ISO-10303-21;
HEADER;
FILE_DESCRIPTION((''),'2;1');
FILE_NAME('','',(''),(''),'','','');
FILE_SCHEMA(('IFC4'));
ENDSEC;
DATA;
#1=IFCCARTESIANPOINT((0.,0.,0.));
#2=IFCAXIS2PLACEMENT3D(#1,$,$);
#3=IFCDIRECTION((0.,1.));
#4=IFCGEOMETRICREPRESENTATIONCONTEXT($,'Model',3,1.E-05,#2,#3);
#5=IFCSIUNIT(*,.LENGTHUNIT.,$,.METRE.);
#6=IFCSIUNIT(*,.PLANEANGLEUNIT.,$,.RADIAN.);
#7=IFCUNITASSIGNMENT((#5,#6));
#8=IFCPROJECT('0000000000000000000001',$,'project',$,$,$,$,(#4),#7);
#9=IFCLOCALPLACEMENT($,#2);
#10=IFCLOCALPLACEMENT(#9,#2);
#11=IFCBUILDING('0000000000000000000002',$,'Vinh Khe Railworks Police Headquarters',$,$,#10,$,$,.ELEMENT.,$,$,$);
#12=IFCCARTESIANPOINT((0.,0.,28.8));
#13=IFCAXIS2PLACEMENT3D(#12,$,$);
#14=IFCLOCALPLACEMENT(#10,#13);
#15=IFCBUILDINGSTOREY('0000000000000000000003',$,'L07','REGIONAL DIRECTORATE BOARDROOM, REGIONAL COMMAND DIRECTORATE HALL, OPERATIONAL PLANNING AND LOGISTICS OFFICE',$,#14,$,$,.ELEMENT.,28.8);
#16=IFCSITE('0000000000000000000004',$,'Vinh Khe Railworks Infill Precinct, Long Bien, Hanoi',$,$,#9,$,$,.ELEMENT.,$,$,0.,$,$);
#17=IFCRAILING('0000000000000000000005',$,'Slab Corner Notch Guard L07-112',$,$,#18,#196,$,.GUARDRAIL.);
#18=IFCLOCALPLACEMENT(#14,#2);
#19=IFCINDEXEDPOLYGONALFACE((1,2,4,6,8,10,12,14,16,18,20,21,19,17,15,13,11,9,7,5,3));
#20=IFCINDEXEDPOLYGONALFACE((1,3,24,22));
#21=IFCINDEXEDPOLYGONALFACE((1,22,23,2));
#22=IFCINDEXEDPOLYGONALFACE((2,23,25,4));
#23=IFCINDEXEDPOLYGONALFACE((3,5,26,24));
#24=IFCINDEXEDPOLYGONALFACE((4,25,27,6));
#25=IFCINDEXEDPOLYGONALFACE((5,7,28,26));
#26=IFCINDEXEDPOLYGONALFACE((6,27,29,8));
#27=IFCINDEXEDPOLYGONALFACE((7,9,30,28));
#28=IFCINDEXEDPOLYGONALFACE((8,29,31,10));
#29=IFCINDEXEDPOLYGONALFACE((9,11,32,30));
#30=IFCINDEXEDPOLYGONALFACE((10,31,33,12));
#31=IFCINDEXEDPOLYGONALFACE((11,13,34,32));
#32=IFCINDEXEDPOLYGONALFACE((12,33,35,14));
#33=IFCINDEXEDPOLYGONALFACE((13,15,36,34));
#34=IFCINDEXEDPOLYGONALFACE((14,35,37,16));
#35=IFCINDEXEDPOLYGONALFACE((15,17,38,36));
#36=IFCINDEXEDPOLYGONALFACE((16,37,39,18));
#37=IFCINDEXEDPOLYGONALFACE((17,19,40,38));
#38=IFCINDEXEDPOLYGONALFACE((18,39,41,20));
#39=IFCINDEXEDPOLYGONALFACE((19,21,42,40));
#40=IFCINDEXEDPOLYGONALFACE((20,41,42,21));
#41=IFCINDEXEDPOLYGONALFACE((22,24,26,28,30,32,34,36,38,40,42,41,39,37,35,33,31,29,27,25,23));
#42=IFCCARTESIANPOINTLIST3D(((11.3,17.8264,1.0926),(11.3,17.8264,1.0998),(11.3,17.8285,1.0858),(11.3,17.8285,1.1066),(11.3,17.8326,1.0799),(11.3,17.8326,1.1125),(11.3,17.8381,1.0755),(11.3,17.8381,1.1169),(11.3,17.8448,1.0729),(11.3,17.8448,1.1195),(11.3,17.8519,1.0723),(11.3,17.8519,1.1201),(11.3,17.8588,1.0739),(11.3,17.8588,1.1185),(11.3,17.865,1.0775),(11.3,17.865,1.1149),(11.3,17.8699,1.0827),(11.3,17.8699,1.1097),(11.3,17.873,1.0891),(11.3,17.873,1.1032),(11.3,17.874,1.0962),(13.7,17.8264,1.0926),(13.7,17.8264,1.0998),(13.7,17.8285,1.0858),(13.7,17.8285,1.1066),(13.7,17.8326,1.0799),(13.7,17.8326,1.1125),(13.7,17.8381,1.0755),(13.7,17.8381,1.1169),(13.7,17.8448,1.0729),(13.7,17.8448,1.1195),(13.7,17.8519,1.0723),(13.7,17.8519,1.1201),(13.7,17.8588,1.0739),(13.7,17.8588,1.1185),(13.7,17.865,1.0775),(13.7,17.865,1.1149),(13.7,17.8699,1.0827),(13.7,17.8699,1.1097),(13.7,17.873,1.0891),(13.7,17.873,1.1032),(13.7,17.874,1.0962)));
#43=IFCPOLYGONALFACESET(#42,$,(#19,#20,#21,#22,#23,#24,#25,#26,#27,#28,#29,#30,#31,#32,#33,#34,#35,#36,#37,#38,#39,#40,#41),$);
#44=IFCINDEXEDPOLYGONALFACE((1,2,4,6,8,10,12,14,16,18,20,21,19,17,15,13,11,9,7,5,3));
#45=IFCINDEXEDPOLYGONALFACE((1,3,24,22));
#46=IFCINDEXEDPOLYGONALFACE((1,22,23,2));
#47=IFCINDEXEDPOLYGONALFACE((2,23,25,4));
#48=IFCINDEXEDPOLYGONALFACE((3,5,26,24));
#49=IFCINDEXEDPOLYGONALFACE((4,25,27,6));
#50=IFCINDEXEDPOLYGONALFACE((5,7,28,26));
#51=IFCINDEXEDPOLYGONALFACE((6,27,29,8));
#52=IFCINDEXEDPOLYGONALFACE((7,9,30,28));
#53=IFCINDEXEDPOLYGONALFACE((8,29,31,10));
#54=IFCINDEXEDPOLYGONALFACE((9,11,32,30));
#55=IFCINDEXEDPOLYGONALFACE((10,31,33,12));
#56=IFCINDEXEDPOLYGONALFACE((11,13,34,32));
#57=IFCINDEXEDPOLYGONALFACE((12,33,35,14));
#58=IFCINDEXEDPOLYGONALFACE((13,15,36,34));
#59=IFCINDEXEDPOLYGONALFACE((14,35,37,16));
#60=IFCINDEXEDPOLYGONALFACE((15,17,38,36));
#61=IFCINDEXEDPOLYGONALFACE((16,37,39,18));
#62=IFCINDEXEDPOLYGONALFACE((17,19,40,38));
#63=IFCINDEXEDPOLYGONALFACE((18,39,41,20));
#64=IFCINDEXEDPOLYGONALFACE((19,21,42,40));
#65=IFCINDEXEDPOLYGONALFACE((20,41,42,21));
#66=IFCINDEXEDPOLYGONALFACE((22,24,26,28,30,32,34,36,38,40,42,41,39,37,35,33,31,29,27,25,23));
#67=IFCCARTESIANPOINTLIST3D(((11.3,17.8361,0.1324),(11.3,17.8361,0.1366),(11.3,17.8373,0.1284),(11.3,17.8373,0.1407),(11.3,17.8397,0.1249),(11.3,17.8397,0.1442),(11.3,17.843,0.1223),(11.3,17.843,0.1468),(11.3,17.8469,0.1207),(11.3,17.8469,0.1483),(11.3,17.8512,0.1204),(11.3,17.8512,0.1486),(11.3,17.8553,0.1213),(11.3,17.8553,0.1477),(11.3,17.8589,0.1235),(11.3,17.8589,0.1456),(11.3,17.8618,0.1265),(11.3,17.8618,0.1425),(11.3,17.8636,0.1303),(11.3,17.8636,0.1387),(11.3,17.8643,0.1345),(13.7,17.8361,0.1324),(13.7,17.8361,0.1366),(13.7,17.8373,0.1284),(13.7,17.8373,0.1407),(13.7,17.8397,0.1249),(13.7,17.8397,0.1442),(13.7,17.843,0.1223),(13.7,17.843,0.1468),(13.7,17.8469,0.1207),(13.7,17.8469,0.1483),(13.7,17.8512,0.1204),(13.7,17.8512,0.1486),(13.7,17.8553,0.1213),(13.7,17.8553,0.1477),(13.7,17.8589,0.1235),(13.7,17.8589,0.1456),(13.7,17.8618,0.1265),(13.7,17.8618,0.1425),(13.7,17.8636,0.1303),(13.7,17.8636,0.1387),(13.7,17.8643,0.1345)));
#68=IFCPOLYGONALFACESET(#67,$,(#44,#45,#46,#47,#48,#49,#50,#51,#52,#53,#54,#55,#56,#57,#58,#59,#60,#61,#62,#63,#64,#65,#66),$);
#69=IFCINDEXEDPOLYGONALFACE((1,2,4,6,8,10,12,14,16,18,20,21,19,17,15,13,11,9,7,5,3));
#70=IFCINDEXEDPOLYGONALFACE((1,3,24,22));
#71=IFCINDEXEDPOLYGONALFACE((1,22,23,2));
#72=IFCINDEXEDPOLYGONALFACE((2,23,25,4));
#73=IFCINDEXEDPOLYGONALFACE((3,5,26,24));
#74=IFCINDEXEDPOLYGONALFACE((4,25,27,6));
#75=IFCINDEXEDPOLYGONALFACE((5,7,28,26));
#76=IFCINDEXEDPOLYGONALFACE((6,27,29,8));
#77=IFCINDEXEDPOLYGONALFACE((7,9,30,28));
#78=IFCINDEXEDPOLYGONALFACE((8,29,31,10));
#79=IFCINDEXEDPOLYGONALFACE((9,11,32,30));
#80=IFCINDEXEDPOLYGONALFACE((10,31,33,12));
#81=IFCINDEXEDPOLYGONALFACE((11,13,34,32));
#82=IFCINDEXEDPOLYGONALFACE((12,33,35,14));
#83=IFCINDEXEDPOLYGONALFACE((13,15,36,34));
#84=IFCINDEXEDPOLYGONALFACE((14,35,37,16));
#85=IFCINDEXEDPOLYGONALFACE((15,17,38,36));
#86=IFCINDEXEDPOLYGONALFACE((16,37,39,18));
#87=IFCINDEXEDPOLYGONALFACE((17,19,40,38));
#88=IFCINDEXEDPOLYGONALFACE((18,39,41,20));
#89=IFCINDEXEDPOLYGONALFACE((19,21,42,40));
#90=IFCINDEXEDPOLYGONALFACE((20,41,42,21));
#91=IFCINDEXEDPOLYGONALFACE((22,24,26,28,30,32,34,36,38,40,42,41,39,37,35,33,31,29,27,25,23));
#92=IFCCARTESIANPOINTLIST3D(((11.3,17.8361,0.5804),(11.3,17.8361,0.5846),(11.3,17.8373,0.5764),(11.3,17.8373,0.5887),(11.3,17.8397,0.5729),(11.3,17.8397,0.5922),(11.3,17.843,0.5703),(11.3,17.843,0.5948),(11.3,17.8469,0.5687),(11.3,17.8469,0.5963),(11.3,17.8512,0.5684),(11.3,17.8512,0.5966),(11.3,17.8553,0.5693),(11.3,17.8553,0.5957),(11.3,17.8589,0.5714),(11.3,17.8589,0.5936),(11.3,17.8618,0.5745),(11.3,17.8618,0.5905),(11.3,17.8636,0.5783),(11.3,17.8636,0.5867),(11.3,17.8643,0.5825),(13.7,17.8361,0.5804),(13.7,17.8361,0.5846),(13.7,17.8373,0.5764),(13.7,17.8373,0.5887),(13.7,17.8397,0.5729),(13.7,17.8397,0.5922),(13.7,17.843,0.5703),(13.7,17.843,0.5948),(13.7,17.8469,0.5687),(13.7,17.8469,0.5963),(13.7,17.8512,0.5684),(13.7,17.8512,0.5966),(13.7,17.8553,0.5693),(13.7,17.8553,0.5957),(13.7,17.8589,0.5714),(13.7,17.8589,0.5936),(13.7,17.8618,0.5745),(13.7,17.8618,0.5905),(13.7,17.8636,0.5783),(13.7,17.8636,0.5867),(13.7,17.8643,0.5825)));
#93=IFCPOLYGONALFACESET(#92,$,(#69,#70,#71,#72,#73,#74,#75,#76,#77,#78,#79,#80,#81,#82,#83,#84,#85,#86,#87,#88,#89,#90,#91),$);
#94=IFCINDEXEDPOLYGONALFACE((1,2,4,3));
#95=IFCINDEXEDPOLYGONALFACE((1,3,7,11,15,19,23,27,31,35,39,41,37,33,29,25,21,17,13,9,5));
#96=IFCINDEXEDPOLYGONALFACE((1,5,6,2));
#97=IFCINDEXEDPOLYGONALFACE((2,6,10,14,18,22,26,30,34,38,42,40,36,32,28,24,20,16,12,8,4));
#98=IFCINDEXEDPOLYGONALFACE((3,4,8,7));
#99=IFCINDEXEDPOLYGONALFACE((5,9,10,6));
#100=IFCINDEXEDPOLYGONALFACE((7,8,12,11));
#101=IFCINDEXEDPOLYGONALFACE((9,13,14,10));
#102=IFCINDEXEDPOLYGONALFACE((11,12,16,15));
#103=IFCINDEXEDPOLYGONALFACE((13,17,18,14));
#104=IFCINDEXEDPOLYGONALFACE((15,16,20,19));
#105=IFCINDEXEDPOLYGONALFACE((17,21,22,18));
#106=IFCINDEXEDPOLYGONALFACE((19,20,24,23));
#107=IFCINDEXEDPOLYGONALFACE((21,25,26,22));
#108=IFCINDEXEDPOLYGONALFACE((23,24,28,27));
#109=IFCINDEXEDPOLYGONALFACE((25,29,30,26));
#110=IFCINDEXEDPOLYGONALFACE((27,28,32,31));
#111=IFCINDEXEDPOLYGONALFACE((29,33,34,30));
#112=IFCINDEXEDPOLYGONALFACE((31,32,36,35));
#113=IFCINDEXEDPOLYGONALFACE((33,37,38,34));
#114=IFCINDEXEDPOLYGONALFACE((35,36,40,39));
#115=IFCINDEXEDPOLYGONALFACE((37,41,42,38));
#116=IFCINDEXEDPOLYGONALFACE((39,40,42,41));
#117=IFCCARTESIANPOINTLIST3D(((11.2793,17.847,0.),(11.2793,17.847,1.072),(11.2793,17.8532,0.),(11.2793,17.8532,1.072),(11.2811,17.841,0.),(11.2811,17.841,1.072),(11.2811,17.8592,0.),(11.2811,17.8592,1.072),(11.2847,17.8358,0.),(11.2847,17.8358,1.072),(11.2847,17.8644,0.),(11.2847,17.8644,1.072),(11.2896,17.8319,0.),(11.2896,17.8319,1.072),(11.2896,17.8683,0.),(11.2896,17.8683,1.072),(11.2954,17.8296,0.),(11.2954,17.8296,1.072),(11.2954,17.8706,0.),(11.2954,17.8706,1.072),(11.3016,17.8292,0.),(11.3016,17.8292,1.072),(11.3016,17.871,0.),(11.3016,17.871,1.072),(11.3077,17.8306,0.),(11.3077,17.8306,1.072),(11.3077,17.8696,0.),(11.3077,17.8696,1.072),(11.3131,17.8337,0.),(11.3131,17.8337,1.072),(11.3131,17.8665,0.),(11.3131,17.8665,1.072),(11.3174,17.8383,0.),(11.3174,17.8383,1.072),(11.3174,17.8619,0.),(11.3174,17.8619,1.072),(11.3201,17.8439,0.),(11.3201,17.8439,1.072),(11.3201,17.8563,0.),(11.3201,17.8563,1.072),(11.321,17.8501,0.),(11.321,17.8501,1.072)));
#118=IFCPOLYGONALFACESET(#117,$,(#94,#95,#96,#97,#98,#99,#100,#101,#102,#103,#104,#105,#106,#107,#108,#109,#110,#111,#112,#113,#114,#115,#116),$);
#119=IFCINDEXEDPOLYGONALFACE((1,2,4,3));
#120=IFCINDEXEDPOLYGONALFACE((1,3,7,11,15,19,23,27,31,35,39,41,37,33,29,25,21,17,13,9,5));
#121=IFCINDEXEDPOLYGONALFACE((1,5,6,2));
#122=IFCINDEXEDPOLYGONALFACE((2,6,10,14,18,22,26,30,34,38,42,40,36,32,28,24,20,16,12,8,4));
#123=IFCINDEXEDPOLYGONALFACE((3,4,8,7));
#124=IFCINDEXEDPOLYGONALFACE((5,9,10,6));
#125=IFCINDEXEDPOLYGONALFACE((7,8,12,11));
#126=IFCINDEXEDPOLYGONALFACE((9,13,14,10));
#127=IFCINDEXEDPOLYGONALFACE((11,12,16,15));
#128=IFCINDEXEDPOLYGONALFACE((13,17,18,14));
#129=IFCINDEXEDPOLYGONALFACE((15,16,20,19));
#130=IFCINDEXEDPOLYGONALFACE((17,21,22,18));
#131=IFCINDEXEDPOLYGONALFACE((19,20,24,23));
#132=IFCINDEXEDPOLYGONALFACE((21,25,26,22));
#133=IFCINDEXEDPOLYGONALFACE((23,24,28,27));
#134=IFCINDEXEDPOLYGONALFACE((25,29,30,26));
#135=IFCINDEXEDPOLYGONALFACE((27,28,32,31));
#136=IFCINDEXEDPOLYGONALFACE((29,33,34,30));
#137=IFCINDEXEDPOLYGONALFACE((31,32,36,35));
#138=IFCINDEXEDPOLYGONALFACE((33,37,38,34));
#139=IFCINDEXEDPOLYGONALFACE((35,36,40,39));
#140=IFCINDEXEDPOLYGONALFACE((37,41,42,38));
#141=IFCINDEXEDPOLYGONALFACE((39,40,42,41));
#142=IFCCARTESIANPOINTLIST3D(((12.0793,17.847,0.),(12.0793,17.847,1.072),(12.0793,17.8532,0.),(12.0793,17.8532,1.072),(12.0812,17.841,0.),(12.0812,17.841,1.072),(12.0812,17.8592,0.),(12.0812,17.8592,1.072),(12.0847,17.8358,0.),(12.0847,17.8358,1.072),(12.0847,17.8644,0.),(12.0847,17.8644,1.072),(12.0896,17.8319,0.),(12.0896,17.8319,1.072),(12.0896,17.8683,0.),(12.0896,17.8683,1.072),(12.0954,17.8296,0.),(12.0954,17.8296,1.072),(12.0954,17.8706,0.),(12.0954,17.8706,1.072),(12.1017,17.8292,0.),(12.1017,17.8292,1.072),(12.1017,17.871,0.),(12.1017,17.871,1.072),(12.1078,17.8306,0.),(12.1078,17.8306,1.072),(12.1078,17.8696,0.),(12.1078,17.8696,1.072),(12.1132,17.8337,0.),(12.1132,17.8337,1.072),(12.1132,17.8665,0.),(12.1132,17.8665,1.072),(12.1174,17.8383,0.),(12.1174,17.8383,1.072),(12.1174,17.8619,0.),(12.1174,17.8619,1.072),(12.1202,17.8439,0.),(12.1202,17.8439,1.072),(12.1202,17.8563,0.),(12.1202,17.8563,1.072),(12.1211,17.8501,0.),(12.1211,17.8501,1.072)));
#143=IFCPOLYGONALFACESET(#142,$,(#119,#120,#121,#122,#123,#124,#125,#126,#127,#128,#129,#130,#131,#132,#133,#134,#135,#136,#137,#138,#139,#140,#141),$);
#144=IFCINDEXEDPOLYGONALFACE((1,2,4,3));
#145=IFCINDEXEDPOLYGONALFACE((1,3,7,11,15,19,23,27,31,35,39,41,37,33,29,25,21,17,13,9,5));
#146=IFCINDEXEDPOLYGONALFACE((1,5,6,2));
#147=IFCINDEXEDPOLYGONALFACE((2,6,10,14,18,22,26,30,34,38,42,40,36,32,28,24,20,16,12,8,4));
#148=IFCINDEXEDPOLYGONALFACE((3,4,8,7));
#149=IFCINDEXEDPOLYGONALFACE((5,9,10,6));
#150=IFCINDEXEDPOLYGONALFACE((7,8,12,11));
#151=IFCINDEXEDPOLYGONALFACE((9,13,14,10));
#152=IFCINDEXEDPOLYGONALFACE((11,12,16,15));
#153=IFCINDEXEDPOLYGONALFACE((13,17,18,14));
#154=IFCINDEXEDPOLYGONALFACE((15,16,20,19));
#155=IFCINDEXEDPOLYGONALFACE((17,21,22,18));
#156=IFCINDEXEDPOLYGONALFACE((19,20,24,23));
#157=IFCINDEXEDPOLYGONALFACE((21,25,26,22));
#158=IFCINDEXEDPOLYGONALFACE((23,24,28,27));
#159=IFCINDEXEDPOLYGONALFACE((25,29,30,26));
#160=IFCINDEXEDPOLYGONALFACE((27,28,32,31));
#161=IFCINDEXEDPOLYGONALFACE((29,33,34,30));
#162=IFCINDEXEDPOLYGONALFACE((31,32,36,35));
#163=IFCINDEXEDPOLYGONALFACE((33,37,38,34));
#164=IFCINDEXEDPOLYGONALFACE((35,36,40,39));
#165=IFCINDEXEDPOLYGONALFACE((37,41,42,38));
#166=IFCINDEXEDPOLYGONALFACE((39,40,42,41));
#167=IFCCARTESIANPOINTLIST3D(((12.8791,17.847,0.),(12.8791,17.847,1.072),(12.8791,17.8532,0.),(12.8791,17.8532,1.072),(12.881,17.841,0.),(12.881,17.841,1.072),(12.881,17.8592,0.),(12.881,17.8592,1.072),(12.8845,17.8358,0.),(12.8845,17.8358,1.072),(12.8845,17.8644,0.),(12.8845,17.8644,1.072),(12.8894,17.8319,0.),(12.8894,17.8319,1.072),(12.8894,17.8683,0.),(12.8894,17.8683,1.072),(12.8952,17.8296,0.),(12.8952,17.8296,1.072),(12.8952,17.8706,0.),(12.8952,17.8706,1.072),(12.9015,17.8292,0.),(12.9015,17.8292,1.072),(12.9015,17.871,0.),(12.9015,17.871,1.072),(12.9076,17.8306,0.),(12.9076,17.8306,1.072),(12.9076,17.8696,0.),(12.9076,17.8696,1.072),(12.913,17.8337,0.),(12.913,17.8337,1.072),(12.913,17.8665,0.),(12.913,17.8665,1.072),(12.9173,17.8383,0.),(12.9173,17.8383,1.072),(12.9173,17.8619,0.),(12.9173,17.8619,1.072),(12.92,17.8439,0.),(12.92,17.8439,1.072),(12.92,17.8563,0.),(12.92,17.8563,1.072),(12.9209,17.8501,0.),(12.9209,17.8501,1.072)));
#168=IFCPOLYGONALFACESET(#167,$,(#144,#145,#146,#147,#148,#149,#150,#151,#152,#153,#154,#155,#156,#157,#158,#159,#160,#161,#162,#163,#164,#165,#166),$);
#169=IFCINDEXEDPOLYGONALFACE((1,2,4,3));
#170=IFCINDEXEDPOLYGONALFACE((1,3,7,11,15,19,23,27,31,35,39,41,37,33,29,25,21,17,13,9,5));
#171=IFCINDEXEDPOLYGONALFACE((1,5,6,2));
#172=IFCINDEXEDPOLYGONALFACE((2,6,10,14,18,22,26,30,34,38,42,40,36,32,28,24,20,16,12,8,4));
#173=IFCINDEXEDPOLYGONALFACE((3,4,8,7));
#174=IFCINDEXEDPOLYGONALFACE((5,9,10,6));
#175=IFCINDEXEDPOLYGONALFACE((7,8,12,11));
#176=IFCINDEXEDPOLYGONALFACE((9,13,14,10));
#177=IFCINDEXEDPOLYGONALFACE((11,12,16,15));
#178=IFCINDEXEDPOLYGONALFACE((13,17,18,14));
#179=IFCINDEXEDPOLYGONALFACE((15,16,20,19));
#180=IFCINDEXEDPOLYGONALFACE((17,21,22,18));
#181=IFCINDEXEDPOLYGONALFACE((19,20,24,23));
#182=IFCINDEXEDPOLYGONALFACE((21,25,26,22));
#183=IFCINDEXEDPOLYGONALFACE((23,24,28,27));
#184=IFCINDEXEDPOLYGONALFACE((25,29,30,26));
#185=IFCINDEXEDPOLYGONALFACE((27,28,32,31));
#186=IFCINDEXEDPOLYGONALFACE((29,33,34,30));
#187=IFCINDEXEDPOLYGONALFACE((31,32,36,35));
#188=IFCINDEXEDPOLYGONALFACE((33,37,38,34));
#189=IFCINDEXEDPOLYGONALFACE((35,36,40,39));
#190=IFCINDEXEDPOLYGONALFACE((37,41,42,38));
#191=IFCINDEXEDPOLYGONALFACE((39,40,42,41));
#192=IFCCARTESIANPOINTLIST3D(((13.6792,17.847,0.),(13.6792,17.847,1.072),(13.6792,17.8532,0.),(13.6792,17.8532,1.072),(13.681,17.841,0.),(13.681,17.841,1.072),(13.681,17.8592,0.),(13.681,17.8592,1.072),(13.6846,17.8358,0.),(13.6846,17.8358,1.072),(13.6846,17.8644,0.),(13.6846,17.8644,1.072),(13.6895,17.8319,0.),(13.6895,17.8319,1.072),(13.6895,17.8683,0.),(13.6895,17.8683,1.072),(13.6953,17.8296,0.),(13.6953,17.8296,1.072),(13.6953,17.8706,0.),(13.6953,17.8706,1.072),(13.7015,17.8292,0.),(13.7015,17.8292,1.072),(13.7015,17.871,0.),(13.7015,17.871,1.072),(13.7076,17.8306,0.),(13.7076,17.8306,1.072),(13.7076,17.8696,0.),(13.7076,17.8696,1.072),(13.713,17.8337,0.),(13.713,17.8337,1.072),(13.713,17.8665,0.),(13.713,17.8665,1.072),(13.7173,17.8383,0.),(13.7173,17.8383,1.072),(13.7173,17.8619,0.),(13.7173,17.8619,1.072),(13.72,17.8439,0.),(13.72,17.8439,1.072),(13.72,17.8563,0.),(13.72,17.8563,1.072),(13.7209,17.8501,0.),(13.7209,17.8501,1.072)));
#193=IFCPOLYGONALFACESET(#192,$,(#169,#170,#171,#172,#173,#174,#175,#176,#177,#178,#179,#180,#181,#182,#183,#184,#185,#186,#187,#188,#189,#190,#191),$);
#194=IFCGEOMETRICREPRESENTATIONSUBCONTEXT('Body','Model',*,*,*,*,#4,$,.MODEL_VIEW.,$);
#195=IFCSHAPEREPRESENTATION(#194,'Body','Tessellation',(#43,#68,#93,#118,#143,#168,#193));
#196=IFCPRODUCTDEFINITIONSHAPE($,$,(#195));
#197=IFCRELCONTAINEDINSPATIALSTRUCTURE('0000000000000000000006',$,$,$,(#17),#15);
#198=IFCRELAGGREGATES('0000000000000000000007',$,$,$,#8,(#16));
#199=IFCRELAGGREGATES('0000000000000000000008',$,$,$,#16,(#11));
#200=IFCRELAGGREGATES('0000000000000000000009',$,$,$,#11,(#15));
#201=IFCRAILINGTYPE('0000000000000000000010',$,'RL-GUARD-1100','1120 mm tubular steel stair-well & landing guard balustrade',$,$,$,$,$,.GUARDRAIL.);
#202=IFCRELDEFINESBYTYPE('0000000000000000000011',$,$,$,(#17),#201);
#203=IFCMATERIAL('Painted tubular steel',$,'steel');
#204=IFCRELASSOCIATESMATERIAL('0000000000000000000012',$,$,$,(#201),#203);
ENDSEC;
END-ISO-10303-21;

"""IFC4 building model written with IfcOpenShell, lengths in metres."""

from ifc_helpers import new_model, si_unit, direction, frame, origin, origin_2d, place, context, subcontext, project, spatial, circle, extrude, material, type_object, element, save


model = new_model("IFC4")

# Units and contexts
model_context = context("Model", 3, precision=1e-05, world=origin(), true_north=direction((0.0, 1.0)))
body_context = subcontext(model_context, "Body", "Model", "MODEL_VIEW")
ifc_project = project(units=[si_unit("LENGTHUNIT", "METRE"), si_unit("PLANEANGLEUNIT", "RADIAN")], contexts=[model_context])

# Site, building, storey
site_placement = place(None, origin())
site = spatial("IfcSite", under=ifc_project, at=site_placement, Name="Vinh Khe Railworks Infill Precinct, Long Bien, Hanoi", CompositionType="ELEMENT", RefElevation=0.0)
building_placement = place(site_placement, origin())
building = spatial("IfcBuilding", under=site, at=building_placement, Name="Vinh Khe Railworks Police Headquarters", CompositionType="ELEMENT")
storey_placement = place(building_placement, frame((0.0, 0.0, 28.8)))
storey = spatial("IfcBuildingStorey", under=building, at=storey_placement, Name="L07", Description="REGIONAL DIRECTORATE BOARDROOM, REGIONAL COMMAND DIRECTORATE HALL, OPERATIONAL PLANNING AND LOGISTICS OFFICE", CompositionType="ELEMENT", Elevation=28.8)

# Railing
ifc_material_1 = material(Name="Painted tubular steel", Category="steel")
railing_type = type_object("IfcRailingType", Name="RL-GUARD-1100", Description="1120 mm tubular steel stair-well & landing guard balustrade", PredefinedType="GUARDRAIL", material=ifc_material_1)
railing_1_placement = place(storey_placement, frame((11.3, 17.8501, 0.0)))
element("IfcRailing", 1, at=railing_1_placement, inside=storey, type_object=railing_type, Name="Slab Corner Notch Guard L07-112", PredefinedType="GUARDRAIL", context=body_context, shape_type="SweptSolid", body=[
    extrude(circle(Radius=0.0239, at=origin_2d()), frame((0.0, 0.0, 1.0962), z_axis=(1.0, 0.0, 0.0), x_axis=(0.0, 1.0, 0.0)), (0.0, 0.0, 1.0), 2.3999),
    extrude(circle(Radius=0.0142, at=origin_2d()), frame((0.0, 0.0, 0.1345), z_axis=(1.0, 0.0, 0.0), x_axis=(0.0, 1.0, 0.0)), (0.0, 0.0, 1.0), 2.3999),
    extrude(circle(Radius=0.0142, at=origin_2d()), frame((0.0, 0.0, 0.5825), z_axis=(1.0, 0.0, 0.0), x_axis=(0.0, 1.0, 0.0)), (0.0, 0.0, 1.0), 2.3999),
    extrude(circle(Radius=0.021, at=origin_2d()), origin(), (0.0, 0.0, 1.0), 1.072),
    extrude(circle(Radius=0.021, at=origin_2d()), frame((0.8, 0.0, 0.0)), (0.0, 0.0, 1.0), 1.072),
    extrude(circle(Radius=0.021, at=origin_2d()), frame((1.5999, 0.0, 0.0)), (0.0, 0.0, 1.0), 1.072),
    extrude(circle(Radius=0.021, at=origin_2d()), frame((2.3999, 0.0, 0.0)), (0.0, 0.0, 1.0), 1.072),
])

save(model, "model.ifc")
